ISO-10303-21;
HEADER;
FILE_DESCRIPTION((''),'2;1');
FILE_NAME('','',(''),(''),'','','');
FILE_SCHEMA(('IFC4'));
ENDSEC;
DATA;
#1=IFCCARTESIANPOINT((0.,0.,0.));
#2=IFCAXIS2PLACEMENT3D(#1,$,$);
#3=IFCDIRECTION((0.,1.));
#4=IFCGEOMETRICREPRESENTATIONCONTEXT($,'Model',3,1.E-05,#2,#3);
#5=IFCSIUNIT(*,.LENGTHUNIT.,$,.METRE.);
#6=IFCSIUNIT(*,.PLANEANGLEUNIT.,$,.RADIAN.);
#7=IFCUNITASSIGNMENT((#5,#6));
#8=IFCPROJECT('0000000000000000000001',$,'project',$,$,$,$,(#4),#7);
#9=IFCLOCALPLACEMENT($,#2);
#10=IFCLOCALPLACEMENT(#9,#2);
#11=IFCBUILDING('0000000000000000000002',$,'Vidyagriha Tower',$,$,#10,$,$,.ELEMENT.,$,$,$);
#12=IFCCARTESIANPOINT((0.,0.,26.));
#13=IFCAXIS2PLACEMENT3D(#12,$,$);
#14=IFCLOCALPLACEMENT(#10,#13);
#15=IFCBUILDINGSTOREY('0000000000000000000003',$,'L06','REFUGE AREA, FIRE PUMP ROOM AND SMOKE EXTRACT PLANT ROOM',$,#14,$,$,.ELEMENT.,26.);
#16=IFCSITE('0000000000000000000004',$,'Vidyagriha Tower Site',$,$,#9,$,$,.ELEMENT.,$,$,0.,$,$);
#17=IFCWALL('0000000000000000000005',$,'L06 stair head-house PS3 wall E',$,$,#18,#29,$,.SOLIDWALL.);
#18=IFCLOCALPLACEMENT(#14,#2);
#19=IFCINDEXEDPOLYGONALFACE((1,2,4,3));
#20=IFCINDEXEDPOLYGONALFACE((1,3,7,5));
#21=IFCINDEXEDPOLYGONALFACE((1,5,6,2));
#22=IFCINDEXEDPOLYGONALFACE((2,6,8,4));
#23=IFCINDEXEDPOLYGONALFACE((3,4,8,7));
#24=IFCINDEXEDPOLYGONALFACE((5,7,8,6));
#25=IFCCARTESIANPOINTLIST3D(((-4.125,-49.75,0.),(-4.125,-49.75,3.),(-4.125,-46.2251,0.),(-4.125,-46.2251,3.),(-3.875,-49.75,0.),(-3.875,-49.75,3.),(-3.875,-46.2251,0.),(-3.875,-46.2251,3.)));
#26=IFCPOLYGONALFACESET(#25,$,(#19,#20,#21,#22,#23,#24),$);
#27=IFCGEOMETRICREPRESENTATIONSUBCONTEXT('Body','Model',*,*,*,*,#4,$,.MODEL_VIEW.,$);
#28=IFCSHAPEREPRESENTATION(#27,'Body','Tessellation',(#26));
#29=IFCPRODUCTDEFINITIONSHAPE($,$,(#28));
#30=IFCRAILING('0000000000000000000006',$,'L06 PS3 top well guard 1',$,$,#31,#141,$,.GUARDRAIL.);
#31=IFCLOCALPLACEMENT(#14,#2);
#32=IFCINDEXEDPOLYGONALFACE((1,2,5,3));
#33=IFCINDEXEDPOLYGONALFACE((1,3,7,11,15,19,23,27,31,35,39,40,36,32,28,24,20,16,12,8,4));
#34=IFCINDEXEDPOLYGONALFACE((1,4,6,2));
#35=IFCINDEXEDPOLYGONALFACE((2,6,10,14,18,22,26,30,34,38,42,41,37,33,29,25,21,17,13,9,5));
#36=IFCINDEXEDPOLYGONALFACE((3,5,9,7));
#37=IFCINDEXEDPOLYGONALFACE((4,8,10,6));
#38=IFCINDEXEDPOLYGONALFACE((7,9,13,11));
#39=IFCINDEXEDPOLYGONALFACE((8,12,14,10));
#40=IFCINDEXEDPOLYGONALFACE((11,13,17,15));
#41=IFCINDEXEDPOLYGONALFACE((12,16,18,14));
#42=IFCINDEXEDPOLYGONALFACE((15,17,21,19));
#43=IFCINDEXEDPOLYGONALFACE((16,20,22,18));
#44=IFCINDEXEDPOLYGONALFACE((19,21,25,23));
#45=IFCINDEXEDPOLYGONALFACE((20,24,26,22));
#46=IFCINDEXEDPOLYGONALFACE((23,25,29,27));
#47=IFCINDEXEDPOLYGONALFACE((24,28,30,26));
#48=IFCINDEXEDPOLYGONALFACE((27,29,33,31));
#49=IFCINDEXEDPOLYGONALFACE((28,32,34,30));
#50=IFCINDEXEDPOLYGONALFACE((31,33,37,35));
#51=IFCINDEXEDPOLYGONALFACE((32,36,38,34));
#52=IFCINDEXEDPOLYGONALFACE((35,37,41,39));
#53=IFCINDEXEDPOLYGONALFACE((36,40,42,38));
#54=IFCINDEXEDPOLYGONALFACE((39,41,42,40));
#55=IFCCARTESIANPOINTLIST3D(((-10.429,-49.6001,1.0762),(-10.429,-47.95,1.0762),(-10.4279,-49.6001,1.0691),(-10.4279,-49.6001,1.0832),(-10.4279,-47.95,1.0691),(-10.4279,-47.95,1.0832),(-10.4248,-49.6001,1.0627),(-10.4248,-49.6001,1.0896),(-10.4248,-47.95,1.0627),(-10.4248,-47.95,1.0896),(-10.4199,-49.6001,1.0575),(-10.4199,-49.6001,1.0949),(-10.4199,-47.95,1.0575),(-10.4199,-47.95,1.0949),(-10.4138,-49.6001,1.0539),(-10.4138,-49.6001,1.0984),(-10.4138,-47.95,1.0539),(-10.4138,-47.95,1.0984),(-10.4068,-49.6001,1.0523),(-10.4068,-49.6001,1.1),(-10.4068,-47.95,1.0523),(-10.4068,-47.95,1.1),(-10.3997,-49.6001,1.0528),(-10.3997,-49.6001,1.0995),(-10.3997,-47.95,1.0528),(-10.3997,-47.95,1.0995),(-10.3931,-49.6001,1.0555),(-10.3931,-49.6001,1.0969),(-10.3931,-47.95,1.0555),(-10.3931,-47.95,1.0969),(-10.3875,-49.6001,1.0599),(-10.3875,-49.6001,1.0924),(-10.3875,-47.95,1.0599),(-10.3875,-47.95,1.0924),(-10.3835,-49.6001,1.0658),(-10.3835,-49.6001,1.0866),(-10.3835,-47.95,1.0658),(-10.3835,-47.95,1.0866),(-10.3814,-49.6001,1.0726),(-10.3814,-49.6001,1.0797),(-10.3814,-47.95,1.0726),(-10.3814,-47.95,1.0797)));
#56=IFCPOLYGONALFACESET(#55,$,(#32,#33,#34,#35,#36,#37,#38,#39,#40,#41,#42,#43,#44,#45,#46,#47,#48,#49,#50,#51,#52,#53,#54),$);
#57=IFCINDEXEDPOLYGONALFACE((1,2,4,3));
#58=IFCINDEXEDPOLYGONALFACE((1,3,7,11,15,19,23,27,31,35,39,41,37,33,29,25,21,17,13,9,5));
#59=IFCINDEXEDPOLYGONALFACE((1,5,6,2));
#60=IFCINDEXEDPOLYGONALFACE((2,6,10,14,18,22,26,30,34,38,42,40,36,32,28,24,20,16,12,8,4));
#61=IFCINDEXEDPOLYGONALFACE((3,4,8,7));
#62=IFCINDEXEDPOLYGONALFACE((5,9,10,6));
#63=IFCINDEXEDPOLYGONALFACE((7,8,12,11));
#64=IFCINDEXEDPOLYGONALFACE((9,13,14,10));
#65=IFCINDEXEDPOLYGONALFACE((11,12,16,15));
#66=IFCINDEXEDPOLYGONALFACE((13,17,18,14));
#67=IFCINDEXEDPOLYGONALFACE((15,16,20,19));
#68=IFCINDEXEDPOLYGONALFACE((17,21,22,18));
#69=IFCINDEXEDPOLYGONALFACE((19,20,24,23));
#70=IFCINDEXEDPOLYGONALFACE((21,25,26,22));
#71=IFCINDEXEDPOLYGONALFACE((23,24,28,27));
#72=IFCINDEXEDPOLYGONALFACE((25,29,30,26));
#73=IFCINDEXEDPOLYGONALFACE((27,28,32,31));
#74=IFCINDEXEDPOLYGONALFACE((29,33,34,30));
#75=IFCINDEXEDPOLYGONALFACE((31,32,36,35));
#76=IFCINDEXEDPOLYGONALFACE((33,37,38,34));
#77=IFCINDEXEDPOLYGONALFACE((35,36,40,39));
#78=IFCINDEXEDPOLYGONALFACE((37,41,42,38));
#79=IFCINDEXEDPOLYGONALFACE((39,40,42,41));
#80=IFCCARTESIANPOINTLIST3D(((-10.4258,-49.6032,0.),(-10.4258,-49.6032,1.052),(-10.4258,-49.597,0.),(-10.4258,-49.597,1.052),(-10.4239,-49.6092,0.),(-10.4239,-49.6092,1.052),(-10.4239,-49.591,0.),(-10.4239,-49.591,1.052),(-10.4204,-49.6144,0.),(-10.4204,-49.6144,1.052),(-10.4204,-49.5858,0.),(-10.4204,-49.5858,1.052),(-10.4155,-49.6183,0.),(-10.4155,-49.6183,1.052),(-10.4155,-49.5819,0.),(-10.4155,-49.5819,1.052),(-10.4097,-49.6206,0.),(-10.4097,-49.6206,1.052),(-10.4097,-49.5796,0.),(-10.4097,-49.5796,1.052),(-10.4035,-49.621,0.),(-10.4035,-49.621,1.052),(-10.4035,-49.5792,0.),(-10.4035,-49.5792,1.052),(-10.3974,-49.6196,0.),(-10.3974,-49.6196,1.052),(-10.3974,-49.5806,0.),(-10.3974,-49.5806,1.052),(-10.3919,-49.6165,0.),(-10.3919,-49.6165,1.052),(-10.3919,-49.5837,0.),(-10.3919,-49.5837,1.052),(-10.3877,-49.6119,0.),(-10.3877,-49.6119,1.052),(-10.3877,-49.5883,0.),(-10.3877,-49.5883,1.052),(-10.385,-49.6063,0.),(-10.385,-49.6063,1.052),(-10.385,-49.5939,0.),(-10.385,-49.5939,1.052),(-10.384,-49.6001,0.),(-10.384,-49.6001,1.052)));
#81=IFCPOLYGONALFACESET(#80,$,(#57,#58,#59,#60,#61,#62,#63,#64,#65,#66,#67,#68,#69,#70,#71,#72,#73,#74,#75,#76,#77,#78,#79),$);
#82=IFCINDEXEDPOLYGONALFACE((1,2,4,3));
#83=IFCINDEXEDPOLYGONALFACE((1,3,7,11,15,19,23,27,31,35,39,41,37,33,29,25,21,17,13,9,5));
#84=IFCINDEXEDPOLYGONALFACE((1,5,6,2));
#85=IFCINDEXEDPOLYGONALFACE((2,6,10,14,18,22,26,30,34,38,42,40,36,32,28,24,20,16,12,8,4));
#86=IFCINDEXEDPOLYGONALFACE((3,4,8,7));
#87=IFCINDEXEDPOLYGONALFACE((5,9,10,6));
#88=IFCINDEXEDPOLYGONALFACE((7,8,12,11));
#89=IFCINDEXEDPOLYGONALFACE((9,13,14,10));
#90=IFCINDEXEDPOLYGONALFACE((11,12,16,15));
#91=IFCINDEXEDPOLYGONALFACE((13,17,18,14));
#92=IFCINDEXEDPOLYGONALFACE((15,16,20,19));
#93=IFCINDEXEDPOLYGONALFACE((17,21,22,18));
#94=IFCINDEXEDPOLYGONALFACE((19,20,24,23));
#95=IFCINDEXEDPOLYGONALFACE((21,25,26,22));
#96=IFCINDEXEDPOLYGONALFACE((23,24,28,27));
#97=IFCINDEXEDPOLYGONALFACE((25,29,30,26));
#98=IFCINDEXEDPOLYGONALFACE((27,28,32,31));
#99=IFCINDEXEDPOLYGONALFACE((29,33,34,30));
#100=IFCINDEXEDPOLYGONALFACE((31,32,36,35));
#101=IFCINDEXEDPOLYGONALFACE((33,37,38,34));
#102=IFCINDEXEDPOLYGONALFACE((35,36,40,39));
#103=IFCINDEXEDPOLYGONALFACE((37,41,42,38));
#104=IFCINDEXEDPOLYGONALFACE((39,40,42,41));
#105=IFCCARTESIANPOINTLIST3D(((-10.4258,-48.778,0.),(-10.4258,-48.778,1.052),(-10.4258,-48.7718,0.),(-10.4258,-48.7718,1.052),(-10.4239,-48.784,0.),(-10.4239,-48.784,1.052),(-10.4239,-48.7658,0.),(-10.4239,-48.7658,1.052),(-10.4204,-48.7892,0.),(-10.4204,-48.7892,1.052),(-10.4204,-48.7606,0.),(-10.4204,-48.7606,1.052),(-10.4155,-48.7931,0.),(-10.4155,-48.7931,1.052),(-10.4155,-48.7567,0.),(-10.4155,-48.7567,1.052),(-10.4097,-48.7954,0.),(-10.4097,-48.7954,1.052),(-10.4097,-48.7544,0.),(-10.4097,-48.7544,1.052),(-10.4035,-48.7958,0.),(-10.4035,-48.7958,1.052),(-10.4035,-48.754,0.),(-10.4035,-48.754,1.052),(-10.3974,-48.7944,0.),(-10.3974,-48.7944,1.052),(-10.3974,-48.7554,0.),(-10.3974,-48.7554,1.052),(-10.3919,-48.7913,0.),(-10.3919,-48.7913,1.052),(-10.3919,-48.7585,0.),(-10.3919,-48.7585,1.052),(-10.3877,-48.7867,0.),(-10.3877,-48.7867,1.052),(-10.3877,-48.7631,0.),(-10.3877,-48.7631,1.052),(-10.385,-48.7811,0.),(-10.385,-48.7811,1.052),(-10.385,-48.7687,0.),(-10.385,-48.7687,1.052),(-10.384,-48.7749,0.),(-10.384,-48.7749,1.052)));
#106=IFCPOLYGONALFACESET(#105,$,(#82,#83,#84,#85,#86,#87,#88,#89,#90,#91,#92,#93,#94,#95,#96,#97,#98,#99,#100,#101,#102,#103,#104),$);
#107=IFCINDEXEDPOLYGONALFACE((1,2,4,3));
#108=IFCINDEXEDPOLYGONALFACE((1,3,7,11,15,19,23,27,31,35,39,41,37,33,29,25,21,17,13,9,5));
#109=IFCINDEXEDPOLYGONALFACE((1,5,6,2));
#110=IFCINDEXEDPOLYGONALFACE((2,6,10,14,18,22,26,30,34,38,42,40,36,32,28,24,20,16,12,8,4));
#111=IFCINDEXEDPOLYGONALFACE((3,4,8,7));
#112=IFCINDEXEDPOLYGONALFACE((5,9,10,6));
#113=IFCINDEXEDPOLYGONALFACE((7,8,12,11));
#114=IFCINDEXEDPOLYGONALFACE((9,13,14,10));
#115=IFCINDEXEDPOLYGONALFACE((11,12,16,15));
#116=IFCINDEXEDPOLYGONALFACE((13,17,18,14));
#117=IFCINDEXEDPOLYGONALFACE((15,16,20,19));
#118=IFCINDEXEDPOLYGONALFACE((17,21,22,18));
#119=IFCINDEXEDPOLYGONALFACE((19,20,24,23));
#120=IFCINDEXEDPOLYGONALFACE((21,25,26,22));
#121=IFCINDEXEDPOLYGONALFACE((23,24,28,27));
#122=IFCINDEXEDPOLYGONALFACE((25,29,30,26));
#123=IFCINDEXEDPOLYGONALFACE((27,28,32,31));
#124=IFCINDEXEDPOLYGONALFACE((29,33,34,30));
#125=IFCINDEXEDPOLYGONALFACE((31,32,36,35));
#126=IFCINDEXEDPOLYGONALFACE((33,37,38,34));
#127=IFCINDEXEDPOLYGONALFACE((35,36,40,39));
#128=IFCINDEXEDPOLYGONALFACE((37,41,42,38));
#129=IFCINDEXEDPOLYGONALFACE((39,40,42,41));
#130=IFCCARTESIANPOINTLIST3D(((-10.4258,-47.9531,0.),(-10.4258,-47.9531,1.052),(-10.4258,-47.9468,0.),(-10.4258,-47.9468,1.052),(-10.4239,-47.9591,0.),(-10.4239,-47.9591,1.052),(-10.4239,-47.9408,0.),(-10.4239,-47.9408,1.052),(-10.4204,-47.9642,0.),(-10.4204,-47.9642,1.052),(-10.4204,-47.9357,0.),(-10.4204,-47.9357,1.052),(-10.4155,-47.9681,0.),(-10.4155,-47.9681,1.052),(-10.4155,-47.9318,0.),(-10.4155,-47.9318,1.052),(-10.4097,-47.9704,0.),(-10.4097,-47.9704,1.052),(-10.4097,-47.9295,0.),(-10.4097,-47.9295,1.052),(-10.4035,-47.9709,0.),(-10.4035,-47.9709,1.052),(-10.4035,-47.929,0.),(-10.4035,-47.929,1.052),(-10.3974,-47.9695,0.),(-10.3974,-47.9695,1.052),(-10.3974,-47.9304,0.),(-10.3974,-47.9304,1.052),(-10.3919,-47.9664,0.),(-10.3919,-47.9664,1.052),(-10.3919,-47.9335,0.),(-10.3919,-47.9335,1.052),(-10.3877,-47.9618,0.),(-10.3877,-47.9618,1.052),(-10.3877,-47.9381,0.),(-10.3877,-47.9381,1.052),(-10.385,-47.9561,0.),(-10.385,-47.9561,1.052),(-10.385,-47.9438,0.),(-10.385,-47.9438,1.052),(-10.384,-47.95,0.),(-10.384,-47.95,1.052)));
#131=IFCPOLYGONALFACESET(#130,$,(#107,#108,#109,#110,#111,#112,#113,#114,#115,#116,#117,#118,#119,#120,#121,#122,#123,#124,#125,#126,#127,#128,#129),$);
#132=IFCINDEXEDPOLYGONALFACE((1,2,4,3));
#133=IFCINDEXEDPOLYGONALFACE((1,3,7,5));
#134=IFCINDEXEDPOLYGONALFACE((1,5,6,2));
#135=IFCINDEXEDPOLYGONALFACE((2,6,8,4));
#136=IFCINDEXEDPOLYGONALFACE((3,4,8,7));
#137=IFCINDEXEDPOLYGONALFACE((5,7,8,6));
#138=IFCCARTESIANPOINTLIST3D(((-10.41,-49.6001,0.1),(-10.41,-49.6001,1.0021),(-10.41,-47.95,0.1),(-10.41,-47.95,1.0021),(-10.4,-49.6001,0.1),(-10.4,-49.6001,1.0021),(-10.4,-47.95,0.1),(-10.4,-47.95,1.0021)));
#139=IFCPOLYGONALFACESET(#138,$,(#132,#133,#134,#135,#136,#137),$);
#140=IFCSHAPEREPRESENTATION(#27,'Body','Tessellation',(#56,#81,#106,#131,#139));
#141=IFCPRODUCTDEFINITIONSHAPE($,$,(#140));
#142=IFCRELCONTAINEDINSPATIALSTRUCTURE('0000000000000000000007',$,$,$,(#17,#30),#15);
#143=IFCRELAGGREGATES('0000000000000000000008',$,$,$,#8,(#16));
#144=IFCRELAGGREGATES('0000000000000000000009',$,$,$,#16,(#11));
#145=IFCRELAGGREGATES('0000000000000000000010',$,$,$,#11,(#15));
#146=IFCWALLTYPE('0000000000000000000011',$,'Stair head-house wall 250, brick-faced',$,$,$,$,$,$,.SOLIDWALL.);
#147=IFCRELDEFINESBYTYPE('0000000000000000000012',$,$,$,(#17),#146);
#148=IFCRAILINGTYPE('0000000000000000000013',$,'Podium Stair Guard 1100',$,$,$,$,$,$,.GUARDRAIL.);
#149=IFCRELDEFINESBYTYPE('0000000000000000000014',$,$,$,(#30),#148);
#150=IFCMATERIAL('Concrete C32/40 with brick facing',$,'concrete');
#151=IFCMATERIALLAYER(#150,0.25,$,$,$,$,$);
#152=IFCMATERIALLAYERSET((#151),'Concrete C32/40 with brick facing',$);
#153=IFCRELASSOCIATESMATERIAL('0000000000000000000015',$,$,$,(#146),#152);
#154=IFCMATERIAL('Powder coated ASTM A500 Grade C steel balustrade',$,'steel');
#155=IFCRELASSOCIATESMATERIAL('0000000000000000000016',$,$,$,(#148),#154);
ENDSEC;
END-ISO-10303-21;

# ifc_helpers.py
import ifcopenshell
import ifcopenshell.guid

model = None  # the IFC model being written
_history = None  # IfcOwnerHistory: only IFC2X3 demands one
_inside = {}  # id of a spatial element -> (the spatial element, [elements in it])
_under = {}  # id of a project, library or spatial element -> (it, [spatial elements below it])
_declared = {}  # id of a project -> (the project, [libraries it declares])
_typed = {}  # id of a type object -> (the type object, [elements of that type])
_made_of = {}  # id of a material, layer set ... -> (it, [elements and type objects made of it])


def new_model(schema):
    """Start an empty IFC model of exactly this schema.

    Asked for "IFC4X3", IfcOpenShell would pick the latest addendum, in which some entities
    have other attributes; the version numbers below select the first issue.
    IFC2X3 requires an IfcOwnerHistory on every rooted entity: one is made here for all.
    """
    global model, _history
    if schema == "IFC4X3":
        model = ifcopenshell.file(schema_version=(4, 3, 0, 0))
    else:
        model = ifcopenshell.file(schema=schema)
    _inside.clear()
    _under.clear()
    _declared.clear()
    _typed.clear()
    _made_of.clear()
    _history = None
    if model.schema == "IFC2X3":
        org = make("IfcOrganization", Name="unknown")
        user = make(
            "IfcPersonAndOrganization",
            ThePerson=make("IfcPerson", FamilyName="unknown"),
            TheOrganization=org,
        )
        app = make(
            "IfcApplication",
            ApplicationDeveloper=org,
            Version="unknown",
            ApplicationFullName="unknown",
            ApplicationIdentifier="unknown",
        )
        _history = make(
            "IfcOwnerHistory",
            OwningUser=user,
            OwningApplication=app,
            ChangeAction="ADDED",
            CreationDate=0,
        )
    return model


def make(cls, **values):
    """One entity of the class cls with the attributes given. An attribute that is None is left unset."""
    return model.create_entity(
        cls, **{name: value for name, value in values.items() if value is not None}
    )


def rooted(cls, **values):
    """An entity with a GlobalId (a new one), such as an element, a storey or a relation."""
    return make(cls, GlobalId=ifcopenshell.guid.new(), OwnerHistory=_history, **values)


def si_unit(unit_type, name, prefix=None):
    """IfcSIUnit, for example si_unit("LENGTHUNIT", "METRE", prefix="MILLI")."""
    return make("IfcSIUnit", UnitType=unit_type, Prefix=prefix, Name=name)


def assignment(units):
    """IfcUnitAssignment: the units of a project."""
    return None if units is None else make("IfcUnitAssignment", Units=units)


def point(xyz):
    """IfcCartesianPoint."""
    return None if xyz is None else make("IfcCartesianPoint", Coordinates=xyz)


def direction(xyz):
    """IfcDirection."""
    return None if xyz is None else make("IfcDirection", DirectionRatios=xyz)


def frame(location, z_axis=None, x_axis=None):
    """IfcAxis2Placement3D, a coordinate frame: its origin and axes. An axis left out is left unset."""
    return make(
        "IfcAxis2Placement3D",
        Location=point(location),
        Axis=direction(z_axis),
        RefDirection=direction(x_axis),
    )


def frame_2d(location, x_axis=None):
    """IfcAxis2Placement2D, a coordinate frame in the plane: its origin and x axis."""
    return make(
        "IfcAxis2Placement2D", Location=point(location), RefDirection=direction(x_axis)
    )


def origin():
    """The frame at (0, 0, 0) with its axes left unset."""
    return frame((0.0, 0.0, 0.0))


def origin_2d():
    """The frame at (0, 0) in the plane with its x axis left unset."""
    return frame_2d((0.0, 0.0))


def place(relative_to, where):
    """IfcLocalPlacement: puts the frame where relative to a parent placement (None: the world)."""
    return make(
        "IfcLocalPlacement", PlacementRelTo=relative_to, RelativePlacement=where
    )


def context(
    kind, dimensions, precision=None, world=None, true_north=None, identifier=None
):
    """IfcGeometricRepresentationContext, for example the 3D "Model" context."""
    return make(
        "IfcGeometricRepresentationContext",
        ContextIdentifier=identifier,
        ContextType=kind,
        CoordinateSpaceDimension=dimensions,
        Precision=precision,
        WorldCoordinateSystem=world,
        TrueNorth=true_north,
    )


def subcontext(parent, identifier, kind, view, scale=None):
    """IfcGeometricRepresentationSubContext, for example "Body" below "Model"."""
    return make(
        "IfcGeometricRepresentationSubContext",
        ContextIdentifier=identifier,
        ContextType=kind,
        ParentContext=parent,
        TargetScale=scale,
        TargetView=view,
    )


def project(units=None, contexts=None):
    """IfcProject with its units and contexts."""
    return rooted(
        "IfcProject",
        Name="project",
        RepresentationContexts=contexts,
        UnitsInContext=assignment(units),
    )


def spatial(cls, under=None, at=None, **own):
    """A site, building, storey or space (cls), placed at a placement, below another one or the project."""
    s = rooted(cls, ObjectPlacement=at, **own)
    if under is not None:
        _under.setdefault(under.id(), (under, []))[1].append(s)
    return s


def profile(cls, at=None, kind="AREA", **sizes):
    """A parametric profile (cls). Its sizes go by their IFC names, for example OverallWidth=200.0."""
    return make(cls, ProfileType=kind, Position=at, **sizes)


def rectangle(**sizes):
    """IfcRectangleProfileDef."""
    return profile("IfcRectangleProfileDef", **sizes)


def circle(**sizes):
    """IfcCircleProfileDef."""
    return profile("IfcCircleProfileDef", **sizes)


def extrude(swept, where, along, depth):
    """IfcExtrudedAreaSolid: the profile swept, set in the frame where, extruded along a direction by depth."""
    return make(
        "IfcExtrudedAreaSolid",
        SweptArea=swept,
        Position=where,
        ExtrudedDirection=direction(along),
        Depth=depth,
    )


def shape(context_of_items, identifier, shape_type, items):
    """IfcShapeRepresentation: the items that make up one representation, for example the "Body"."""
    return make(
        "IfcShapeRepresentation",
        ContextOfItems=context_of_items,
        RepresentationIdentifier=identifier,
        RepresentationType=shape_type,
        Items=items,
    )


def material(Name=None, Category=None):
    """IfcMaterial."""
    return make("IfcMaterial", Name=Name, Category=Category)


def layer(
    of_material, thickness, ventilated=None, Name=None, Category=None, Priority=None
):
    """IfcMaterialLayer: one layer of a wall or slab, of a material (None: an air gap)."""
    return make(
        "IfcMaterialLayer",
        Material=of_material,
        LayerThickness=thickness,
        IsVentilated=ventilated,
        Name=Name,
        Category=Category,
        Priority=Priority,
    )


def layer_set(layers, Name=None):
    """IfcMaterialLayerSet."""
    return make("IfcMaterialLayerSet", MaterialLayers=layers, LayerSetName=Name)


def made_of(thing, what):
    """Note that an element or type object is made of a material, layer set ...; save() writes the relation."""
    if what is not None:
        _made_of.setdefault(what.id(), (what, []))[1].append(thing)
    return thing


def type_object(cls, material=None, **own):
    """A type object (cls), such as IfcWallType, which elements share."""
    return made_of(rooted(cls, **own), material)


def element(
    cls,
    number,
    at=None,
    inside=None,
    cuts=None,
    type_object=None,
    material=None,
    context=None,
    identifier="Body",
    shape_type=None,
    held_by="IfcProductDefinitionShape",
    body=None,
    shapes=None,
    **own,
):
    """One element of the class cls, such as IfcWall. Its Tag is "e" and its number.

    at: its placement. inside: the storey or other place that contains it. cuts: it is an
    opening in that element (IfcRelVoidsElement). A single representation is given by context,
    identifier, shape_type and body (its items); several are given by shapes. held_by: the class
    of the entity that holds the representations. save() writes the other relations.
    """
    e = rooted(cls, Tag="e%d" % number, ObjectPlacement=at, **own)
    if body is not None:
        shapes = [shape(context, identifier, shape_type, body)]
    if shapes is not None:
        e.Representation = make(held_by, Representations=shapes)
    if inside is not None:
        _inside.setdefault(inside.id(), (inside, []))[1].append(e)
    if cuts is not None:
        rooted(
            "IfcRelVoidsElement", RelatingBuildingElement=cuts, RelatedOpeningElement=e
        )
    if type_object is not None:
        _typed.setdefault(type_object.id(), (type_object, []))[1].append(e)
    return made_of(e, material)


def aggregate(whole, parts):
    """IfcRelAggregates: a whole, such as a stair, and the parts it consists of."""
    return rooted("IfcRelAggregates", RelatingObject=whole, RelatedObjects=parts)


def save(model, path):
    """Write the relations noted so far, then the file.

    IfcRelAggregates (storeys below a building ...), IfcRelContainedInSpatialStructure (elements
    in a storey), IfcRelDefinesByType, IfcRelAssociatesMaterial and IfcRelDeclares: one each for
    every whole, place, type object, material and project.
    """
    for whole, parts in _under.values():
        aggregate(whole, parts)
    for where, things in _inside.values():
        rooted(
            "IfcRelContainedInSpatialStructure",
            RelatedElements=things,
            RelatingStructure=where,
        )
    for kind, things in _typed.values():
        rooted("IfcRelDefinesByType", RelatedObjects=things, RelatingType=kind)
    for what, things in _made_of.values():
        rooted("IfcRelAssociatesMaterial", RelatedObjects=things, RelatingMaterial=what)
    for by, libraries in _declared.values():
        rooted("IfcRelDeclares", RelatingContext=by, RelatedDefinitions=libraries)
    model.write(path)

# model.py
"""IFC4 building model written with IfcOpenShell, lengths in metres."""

from ifc_helpers import new_model, si_unit, direction, frame, frame_2d, origin, origin_2d, place, context, subcontext, project, spatial, rectangle, circle, extrude, material, layer, layer_set, type_object, element, save


model = new_model("IFC4")

# Units and contexts
model_context = context("Model", 3, precision=1e-05, world=origin(), true_north=direction((0.0, 1.0)))
body_context = subcontext(model_context, "Body", "Model", "MODEL_VIEW")
ifc_project = project(units=[si_unit("LENGTHUNIT", "METRE"), si_unit("PLANEANGLEUNIT", "RADIAN")], contexts=[model_context])

# Site, building, storey
site_placement = place(None, origin())
site = spatial("IfcSite", under=ifc_project, at=site_placement, Name="Vidyagriha Tower Site", CompositionType="ELEMENT", RefElevation=0.0)
building_placement = place(site_placement, origin())
building = spatial("IfcBuilding", under=site, at=building_placement, Name="Vidyagriha Tower", CompositionType="ELEMENT")
storey_placement = place(building_placement, frame((0.0, 0.0, 26.0)))
storey = spatial("IfcBuildingStorey", under=building, at=storey_placement, Name="L06", Description="REFUGE AREA, FIRE PUMP ROOM AND SMOKE EXTRACT PLANT ROOM", CompositionType="ELEMENT", Elevation=26.0)

# Shared definitions
ifc_material_1 = material(Name="Concrete C32/40 with brick facing", Category="concrete")
ifc_layer_1 = layer(ifc_material_1, 0.25)
ifc_layer_set_1 = layer_set([ifc_layer_1], Name="Concrete C32/40 with brick facing")
wall_type = type_object("IfcWallType", Name="Stair head-house wall 250, brick-faced", PredefinedType="SOLIDWALL", material=ifc_layer_set_1)

# Wall
for number, where, z_axis, x_axis, name in (
    (1, (-4.0, -49.75, 0.0), (0.0, 0.0, 1.0), (0.0, 1.0, 0.0), "L06 stair head-house PS3 wall E"),
):
    element("IfcWall", number, at=place(storey_placement, frame(where, z_axis=z_axis, x_axis=x_axis)), inside=storey, type_object=wall_type, Name=name, PredefinedType="SOLIDWALL", context=body_context, shape_type="SweptSolid", body=[
        extrude(rectangle(XDim=3.5249, YDim=0.25, at=frame_2d((1.7625, 0.0))), origin(), (0.0, 0.0, 1.0), 3.0),
    ])

# Railing
ifc_material_2 = material(Name="Powder coated ASTM A500 Grade C steel balustrade", Category="steel")
railing_type = type_object("IfcRailingType", Name="Podium Stair Guard 1100", PredefinedType="GUARDRAIL", material=ifc_material_2)
railing_placement = place(storey_placement, frame((-10.405, -49.6001, 0.0)))
element("IfcRailing", 2, at=railing_placement, inside=storey, type_object=railing_type, Name="L06 PS3 top well guard 1", PredefinedType="GUARDRAIL", context=body_context, shape_type="SweptSolid", body=[
    extrude(circle(Radius=0.0239, at=origin_2d()), frame((0.0, 0.0, 1.0762), z_axis=(0.0, 1.0, 0.0), x_axis=(-1.0, 0.0, 0.0)), (0.0, 0.0, 1.0), 1.6501),
    extrude(circle(Radius=0.021, at=origin_2d()), origin(), (0.0, 0.0, 1.0), 1.052),
    extrude(circle(Radius=0.021, at=origin_2d()), frame((0.0, 0.8252, 0.0)), (0.0, 0.0, 1.0), 1.052),
    extrude(circle(Radius=0.021, at=origin_2d()), frame((0.0, 1.6501, 0.0)), (0.0, 0.0, 1.0), 1.052),
    extrude(rectangle(XDim=0.01, YDim=0.9021, at=origin_2d()), frame((0.0, 0.0, 0.551), z_axis=(0.0, 1.0, 0.0), x_axis=(-1.0, 0.0, 0.0)), (0.0, 0.0, 1.0), 1.6501),
])

save(model, "model.ifc")
